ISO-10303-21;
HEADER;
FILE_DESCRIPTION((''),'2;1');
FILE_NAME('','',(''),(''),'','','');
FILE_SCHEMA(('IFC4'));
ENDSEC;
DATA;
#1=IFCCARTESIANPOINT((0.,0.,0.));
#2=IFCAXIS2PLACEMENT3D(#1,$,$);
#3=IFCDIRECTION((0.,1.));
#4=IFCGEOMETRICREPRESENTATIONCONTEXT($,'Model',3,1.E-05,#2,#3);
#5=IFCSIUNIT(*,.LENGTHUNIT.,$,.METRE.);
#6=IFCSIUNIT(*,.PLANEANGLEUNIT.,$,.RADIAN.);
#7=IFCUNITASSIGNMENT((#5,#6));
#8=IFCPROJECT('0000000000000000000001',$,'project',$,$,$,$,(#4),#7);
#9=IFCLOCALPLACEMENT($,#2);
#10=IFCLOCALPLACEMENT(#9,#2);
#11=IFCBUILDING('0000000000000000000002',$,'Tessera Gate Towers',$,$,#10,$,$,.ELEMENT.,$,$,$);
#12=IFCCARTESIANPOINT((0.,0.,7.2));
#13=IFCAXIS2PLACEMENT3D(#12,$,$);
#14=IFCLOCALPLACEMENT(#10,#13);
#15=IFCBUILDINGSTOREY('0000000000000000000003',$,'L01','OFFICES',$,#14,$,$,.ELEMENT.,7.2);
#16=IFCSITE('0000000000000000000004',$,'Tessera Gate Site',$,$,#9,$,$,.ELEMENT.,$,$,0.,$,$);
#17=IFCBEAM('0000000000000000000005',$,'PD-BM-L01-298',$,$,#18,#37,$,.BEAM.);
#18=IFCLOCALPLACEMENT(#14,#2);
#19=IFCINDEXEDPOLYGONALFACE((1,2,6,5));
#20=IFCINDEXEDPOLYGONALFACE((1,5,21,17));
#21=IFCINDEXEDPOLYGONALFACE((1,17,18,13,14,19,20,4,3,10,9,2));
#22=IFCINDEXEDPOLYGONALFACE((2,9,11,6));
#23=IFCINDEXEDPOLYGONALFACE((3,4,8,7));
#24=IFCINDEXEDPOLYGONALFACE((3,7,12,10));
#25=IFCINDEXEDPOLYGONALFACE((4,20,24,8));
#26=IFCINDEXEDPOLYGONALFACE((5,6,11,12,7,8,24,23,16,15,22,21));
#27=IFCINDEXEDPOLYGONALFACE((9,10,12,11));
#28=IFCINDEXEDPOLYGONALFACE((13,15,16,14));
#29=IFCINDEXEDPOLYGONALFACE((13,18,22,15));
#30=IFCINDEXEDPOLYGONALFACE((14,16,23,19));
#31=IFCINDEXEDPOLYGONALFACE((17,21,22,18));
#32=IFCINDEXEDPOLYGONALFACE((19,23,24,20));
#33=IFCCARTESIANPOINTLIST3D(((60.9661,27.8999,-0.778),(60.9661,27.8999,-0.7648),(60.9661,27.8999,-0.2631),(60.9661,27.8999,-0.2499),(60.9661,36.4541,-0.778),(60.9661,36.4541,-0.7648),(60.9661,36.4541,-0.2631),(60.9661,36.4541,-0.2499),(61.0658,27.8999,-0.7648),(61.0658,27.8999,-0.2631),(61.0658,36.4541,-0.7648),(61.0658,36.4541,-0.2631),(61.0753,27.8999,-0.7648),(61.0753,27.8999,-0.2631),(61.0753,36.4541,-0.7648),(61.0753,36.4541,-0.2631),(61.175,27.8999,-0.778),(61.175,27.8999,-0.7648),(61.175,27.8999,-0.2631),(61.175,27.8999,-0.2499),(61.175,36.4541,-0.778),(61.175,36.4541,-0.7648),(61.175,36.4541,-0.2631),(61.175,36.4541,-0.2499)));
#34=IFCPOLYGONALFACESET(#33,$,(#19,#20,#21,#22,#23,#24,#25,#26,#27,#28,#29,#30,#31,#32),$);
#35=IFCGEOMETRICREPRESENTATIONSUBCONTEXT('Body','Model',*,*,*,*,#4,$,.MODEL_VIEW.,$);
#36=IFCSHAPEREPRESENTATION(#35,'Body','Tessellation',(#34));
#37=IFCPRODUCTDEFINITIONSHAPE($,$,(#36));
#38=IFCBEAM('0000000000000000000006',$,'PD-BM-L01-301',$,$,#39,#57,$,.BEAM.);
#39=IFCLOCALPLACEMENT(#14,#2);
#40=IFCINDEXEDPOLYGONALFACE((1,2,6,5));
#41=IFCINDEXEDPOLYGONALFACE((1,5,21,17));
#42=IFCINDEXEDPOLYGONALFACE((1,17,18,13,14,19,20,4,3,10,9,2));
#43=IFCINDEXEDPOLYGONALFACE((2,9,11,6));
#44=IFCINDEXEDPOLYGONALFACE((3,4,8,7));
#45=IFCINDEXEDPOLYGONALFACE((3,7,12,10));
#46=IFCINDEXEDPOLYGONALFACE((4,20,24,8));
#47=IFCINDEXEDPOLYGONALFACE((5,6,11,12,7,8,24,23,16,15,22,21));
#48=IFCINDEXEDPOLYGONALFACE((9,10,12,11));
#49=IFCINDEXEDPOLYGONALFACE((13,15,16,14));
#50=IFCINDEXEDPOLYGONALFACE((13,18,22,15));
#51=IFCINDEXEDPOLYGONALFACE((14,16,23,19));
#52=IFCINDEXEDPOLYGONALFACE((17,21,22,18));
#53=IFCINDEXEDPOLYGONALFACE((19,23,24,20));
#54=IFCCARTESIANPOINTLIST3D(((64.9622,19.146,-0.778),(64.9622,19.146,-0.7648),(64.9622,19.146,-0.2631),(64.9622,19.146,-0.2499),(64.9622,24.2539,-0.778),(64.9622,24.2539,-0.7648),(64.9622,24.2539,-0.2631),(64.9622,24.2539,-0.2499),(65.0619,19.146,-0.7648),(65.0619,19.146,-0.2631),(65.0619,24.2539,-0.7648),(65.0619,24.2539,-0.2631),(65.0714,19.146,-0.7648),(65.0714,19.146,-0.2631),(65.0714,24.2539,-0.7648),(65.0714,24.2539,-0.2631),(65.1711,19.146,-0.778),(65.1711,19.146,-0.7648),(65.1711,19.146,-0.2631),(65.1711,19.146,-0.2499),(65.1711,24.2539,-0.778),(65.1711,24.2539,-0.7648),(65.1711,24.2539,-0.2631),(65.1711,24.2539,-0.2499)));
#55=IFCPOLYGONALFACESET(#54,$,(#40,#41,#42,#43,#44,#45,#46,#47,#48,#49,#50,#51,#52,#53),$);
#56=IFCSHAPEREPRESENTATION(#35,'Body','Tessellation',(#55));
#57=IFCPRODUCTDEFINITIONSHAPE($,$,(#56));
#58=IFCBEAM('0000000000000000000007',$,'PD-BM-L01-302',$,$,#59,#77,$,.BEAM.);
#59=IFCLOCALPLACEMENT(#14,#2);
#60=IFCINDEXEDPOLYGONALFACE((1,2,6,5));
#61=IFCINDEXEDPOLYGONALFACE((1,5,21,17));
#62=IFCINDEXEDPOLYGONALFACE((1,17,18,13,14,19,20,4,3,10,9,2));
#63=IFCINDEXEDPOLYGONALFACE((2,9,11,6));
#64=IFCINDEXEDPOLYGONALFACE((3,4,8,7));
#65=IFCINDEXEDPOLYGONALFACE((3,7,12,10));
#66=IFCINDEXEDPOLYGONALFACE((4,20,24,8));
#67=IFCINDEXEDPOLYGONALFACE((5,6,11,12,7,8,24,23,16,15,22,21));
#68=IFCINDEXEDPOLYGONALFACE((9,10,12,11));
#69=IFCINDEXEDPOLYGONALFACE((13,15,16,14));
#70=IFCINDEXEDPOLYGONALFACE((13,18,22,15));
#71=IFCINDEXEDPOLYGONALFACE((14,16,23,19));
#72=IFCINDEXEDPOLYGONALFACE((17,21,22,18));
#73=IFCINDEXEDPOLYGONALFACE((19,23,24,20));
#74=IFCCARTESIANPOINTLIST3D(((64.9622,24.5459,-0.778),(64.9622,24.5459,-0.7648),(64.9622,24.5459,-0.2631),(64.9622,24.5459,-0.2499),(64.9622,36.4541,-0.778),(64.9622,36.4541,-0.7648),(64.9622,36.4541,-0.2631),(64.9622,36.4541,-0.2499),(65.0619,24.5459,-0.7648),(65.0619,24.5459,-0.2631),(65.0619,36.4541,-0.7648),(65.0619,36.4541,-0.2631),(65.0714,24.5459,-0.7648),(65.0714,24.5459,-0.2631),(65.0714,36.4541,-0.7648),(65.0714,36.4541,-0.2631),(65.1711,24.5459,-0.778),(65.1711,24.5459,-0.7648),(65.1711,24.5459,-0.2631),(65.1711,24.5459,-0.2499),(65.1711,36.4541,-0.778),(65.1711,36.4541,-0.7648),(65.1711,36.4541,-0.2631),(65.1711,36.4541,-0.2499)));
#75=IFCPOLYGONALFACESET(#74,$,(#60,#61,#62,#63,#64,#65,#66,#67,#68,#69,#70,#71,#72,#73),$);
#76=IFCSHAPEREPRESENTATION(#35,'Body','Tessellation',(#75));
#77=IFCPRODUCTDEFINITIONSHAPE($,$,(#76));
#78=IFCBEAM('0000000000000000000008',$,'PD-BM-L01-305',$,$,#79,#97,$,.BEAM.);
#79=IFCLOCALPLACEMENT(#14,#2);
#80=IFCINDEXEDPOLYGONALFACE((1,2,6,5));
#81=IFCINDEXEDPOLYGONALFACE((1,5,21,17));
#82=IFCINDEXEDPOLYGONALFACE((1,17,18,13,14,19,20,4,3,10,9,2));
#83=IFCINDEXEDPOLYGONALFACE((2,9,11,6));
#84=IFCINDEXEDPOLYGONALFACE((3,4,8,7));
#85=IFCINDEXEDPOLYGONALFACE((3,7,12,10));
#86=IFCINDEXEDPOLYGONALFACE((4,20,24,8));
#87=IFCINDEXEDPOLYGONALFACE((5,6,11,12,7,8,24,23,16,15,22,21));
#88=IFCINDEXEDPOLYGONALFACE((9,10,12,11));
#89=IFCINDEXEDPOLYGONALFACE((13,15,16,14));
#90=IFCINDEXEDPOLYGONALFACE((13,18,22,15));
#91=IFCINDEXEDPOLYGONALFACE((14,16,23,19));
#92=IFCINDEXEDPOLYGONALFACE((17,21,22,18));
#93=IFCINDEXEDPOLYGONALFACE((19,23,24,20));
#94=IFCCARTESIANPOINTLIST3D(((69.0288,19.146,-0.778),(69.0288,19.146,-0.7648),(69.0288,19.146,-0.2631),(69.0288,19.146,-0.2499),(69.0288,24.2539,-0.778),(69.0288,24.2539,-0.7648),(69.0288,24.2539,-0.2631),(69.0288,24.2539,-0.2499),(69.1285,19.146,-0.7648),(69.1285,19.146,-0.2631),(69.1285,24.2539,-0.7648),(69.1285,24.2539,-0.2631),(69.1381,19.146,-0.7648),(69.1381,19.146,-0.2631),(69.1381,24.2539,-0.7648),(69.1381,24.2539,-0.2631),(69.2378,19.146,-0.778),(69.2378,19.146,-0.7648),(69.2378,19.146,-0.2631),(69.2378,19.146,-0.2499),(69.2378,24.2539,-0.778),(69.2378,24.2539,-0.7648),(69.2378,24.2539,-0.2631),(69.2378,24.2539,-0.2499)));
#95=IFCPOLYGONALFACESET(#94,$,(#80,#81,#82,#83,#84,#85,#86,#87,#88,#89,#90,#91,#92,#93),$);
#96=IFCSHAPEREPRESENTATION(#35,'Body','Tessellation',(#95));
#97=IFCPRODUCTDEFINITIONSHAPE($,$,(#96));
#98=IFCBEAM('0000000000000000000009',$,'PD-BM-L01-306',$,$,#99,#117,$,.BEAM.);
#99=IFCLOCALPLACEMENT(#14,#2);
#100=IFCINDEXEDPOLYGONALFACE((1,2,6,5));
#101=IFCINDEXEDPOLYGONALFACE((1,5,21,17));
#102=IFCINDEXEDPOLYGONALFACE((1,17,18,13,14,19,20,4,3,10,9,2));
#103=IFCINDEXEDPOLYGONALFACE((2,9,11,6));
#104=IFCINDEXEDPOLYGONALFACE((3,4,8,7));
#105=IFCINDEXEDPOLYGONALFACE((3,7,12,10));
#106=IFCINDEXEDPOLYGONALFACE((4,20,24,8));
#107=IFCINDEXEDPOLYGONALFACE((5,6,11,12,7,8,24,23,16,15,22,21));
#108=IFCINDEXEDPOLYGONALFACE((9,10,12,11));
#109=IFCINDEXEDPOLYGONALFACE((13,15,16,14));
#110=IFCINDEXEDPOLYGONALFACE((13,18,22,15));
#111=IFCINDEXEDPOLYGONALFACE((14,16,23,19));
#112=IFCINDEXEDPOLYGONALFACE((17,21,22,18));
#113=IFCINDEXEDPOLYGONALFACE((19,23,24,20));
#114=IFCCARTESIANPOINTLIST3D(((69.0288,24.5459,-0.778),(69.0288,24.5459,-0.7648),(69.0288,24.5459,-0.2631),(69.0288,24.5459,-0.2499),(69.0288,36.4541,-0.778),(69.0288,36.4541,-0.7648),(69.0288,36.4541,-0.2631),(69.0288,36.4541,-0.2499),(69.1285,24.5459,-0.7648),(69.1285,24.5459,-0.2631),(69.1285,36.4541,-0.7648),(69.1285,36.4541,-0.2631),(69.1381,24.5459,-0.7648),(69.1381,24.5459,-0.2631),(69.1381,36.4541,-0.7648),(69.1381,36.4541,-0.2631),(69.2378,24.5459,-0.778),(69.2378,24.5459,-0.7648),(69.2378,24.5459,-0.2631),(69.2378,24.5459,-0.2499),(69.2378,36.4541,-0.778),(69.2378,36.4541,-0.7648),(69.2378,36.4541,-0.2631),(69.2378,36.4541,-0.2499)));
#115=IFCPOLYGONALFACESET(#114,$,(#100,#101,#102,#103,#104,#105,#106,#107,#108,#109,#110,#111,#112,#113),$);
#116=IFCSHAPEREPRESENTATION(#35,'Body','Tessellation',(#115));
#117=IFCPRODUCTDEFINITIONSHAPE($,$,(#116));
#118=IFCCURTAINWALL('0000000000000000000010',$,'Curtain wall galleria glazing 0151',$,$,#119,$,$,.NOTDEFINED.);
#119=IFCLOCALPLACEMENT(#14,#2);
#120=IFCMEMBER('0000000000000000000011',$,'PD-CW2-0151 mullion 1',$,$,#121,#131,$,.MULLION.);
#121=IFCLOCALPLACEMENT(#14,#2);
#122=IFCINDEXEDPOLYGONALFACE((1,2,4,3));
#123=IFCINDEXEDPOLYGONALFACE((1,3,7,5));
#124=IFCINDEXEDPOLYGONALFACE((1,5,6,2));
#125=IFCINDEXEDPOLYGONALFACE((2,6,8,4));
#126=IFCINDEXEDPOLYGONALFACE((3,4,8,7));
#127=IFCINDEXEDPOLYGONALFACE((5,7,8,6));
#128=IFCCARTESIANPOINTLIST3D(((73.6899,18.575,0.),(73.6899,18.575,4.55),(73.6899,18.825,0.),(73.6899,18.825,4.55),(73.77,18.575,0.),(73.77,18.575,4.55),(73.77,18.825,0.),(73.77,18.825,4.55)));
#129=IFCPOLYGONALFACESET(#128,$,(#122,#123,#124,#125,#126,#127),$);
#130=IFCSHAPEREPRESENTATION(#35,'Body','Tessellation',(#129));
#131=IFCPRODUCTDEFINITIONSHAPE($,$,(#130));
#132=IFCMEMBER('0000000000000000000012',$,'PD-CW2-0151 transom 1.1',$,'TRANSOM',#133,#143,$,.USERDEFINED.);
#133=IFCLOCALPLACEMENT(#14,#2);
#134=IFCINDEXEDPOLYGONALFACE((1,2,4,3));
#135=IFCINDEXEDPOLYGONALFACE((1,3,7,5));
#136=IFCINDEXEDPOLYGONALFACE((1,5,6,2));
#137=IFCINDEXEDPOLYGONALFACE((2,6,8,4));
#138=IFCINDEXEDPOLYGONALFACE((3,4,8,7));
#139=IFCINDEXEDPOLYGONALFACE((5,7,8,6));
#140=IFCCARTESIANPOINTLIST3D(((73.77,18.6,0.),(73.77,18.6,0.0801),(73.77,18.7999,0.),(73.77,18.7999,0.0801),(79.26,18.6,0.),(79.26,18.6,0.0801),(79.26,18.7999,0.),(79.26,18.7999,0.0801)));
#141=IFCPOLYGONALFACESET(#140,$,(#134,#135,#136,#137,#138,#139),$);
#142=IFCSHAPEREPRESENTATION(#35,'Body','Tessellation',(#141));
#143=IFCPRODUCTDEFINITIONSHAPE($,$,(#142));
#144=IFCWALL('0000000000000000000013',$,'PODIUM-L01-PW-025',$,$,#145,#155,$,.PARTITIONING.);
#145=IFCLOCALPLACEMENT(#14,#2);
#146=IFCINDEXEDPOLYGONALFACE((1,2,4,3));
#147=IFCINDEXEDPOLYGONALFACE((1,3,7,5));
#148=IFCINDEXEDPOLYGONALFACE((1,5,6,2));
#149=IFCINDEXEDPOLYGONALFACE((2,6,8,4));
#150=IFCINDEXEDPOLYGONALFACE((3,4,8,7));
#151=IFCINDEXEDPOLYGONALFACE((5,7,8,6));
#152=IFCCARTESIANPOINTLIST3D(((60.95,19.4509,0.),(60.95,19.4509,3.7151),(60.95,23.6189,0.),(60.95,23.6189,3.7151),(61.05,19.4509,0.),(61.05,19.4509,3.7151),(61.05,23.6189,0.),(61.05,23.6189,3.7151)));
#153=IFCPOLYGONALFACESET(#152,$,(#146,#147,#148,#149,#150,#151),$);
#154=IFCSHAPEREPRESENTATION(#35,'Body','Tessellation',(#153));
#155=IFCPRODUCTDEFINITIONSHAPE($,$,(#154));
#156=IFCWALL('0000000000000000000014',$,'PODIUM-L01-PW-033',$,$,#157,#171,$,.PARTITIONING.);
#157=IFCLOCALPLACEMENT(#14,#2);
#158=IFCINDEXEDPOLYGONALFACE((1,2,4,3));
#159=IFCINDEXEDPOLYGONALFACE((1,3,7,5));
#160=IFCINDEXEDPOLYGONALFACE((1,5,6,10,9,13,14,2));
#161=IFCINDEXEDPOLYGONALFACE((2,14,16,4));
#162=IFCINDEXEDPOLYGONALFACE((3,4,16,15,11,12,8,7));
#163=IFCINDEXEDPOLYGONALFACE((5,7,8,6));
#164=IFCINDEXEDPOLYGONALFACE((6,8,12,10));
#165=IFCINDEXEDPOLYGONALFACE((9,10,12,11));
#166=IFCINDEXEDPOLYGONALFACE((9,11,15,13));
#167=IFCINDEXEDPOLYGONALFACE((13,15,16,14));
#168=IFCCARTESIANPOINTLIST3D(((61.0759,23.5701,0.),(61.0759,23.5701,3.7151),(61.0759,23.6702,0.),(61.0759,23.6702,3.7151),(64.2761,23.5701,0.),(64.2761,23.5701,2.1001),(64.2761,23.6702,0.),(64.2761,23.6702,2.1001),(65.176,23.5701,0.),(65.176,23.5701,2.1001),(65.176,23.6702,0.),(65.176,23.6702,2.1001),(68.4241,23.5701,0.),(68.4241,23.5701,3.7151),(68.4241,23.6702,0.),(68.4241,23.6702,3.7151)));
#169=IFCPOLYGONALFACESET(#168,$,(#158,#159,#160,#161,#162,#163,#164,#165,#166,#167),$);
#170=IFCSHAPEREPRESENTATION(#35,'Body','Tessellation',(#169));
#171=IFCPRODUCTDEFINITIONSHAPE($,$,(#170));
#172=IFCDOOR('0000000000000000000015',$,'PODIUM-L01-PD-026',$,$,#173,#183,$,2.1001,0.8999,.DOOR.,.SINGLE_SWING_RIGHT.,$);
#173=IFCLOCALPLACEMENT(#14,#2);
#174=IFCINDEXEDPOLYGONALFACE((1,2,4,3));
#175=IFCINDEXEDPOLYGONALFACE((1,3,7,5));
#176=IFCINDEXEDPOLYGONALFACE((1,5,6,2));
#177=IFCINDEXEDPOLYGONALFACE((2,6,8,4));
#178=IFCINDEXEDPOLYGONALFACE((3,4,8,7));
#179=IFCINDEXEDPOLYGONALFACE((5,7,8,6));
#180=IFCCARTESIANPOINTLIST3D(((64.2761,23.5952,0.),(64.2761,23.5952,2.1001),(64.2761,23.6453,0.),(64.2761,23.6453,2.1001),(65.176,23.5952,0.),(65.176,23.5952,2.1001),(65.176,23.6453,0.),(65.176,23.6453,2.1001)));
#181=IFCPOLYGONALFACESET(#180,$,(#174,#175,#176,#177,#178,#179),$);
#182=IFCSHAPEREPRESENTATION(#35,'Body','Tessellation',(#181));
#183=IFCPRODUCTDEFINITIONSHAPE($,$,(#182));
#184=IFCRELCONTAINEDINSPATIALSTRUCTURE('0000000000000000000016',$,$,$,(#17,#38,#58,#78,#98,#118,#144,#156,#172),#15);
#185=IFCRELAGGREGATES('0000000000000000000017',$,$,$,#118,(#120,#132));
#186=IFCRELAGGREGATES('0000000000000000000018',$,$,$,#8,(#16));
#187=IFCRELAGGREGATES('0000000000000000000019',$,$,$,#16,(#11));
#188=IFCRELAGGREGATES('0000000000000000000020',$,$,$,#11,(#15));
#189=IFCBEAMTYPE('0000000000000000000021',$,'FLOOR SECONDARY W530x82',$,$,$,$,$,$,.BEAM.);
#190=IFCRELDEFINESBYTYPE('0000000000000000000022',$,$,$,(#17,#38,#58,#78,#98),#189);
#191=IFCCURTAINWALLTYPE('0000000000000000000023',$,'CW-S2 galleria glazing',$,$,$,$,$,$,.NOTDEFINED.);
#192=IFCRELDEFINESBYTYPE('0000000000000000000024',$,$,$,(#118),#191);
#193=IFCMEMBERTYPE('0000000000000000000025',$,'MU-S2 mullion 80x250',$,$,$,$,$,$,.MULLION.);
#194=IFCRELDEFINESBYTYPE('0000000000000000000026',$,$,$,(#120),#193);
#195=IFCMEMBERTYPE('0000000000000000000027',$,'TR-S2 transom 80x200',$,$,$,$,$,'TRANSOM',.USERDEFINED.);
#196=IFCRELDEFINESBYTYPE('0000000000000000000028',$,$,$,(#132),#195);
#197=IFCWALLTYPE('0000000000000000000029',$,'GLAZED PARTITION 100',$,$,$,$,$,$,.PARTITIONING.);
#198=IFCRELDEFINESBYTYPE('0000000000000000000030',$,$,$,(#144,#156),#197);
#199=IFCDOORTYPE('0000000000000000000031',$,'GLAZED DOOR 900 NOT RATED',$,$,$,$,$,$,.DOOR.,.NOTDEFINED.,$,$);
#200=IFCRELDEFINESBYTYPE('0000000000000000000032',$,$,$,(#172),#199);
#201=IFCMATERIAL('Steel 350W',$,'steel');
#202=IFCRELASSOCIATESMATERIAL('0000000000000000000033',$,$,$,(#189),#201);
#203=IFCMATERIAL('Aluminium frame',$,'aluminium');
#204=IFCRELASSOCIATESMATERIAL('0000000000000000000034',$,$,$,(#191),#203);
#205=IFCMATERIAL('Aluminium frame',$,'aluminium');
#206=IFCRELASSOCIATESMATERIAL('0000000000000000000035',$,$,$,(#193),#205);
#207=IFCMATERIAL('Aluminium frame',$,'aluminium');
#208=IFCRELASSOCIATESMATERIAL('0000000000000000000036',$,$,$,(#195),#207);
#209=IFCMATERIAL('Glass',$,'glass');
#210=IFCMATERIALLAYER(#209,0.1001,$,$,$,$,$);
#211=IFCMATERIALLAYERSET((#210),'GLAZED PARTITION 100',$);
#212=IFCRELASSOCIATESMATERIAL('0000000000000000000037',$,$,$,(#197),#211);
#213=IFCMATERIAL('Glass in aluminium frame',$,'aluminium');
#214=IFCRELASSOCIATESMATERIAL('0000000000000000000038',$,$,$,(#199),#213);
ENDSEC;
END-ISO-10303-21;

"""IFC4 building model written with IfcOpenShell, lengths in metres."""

from ifc_helpers import new_model, si_unit, direction, frame, frame_2d, origin, origin_2d, place, context, subcontext, project, spatial, rectangle, i_section, extrude, source, transform, mapped, material, layer, layer_set, material_profile, profile_set, type_object, element, fill, aggregate, save


model = new_model("IFC4")

# Units and contexts
model_context = context("Model", 3, precision=1e-05, world=origin(), true_north=direction((0.0, 1.0)))
body_context = subcontext(model_context, "Body", "Model", "MODEL_VIEW")
ifc_project = project(units=[si_unit("LENGTHUNIT", "METRE"), si_unit("PLANEANGLEUNIT", "RADIAN")], contexts=[model_context])

# Site, building, storey
site_placement = place(None, origin())
site = spatial("IfcSite", under=ifc_project, at=site_placement, Name="Tessera Gate Site", CompositionType="ELEMENT", RefElevation=0.0)
building_placement = place(site_placement, origin())
building = spatial("IfcBuilding", under=site, at=building_placement, Name="Tessera Gate Towers", CompositionType="ELEMENT")
storey_placement = place(building_placement, frame((0.0, 0.0, 7.2)))
storey = spatial("IfcBuildingStorey", under=building, at=storey_placement, Name="L01", Description="OFFICES", CompositionType="ELEMENT", Elevation=7.2)

# Beams
ifc_material_1 = material(Name="Steel 350W", Category="steel")
ifc_material_profile_1 = material_profile(ifc_material_1, i_section(OverallWidth=0.209, OverallDepth=0.5281, WebThickness=0.0095, FlangeThickness=0.0132, at=origin_2d()), Name="W530x82")
ifc_profile_set_1 = profile_set([ifc_material_profile_1], Name="Steel 350W")
beam_type_1 = type_object("IfcBeamType", Name="FLOOR SECONDARY W530x82", PredefinedType="BEAM", material=ifc_profile_set_1)
beam_1_placement = place(storey_placement, frame((61.0706, 27.8999, -0.5139), z_axis=(0.0, 1.0, 0.0), x_axis=(-1.0, 0.0, 0.0)))
element("IfcBeam", 1, at=beam_1_placement, inside=storey, type_object=beam_type_1, Name="PD-BM-L01-298", PredefinedType="BEAM", context=body_context, shape_type="SweptSolid", body=[
    extrude(i_section(OverallWidth=0.209, OverallDepth=0.5281, WebThickness=0.0095, FlangeThickness=0.0132, at=origin_2d()), origin(), (0.0, 0.0, 1.0), 8.5542),
])
beam_2_placement = place(storey_placement, frame((65.0667, 19.146, -0.5139), z_axis=(0.0, 1.0, 0.0), x_axis=(-1.0, 0.0, 0.0)))
element("IfcBeam", 2, at=beam_2_placement, inside=storey, type_object=beam_type_1, Name="PD-BM-L01-301", PredefinedType="BEAM", context=body_context, shape_type="SweptSolid", body=[
    extrude(i_section(OverallWidth=0.209, OverallDepth=0.5281, WebThickness=0.0095, FlangeThickness=0.0132, at=origin_2d()), origin(), (0.0, 0.0, 1.0), 5.1079),
])
beam_3_placement = place(storey_placement, frame((65.0667, 24.5459, -0.5139), z_axis=(0.0, 1.0, 0.0), x_axis=(-1.0, 0.0, 0.0)))
element("IfcBeam", 3, at=beam_3_placement, inside=storey, type_object=beam_type_1, Name="PD-BM-L01-302", PredefinedType="BEAM", context=body_context, shape_type="SweptSolid", body=[
    extrude(i_section(OverallWidth=0.209, OverallDepth=0.5281, WebThickness=0.0095, FlangeThickness=0.0132, at=origin_2d()), origin(), (0.0, 0.0, 1.0), 11.9082),
])
beam_4_placement = place(storey_placement, frame((69.1333, 19.146, -0.5139), z_axis=(0.0, 1.0, 0.0), x_axis=(-1.0, 0.0, 0.0)))
element("IfcBeam", 4, at=beam_4_placement, inside=storey, type_object=beam_type_1, Name="PD-BM-L01-305", PredefinedType="BEAM", context=body_context, shape_type="SweptSolid", body=[
    extrude(i_section(OverallWidth=0.209, OverallDepth=0.5281, WebThickness=0.0095, FlangeThickness=0.0132, at=origin_2d()), origin(), (0.0, 0.0, 1.0), 5.1079),
])
beam_5_placement = place(storey_placement, frame((69.1333, 24.5459, -0.5139), z_axis=(0.0, 1.0, 0.0), x_axis=(-1.0, 0.0, 0.0)))
element("IfcBeam", 5, at=beam_5_placement, inside=storey, type_object=beam_type_1, Name="PD-BM-L01-306", PredefinedType="BEAM", context=body_context, shape_type="SweptSolid", body=[
    extrude(i_section(OverallWidth=0.209, OverallDepth=0.5281, WebThickness=0.0095, FlangeThickness=0.0132, at=origin_2d()), origin(), (0.0, 0.0, 1.0), 11.9082),
])

# Curtain wall, members
ifc_material_2 = material(Name="Aluminium frame", Category="aluminium")
curtain_wall_type = type_object("IfcCurtainWallType", Name="CW-S2 galleria glazing", PredefinedType="NOTDEFINED", material=ifc_material_2)
curtain_wall_placement = place(storey_placement, origin())
curtain_wall = element("IfcCurtainWall", 6, at=curtain_wall_placement, inside=storey, type_object=curtain_wall_type, Name="Curtain wall galleria glazing 0151", PredefinedType="NOTDEFINED")
ifc_material_3 = material(Name="Aluminium frame", Category="aluminium")
ifc_material_profile_2 = material_profile(ifc_material_3, rectangle(XDim=0.0801, YDim=0.25, at=origin_2d()), Name="AL 80x250")
ifc_profile_set_2 = profile_set([ifc_material_profile_2], Name="Aluminium frame")
member_type_1 = type_object("IfcMemberType", Name="MU-S2 mullion 80x250", PredefinedType="MULLION", material=ifc_profile_set_2)
member_1_placement = place(storey_placement, frame((73.73, 18.7, 0.0), z_axis=(0.0, 0.0, 1.0), x_axis=(1.0, 0.0, 0.0)))
member_1 = element("IfcMember", 7, at=member_1_placement, type_object=member_type_1, Name="PD-CW2-0151 mullion 1", PredefinedType="MULLION", context=body_context, shape_type="SweptSolid", body=[
    extrude(rectangle(XDim=0.0801, YDim=0.25, at=origin_2d()), origin(), (0.0, 0.0, 1.0), 4.55),
])
ifc_material_4 = material(Name="Aluminium frame", Category="aluminium")
ifc_material_profile_3 = material_profile(ifc_material_4, rectangle(XDim=0.2, YDim=0.0801, at=origin_2d()), Name="AL 80x200")
ifc_profile_set_3 = profile_set([ifc_material_profile_3], Name="Aluminium frame")
member_type_2 = type_object("IfcMemberType", Name="TR-S2 transom 80x200", ElementType="TRANSOM", PredefinedType="USERDEFINED", material=ifc_profile_set_3)
member_2_placement = place(storey_placement, frame((73.77, 18.7, 0.04), z_axis=(1.0, 0.0, 0.0), x_axis=(0.0, 1.0, 0.0)))
member_2 = element("IfcMember", 8, at=member_2_placement, type_object=member_type_2, Name="PD-CW2-0151 transom 1.1", ObjectType="TRANSOM", PredefinedType="USERDEFINED", context=body_context, shape_type="SweptSolid", body=[
    extrude(rectangle(XDim=0.2, YDim=0.0801, at=origin_2d()), origin(), (0.0, 0.0, 1.0), 5.49),
])
aggregate(curtain_wall, [member_1, member_2])

# Wall
ifc_material_5 = material(Name="Glass", Category="glass")
ifc_layer_1 = layer(ifc_material_5, 0.1001)
ifc_layer_set_1 = layer_set([ifc_layer_1], Name="GLAZED PARTITION 100")
wall_type_1 = type_object("IfcWallType", Name="GLAZED PARTITION 100", PredefinedType="PARTITIONING", material=ifc_layer_set_1)
wall_1_placement = place(storey_placement, frame((61.0, 19.4509, 0.0), z_axis=(0.0, 0.0, 1.0), x_axis=(0.0, 1.0, 0.0)))
element("IfcWall", 9, at=wall_1_placement, inside=storey, type_object=wall_type_1, Name="PODIUM-L01-PW-025", PredefinedType="PARTITIONING", context=body_context, shape_type="SweptSolid", body=[
    extrude(rectangle(XDim=4.168, YDim=0.1001, at=frame_2d((2.084, 0.0))), origin(), (0.0, 0.0, 1.0), 3.7151),
])

# Wall, opening, door
wall_2_placement = place(storey_placement, frame((68.4241, 23.6201, 0.0), z_axis=(0.0, 0.0, 1.0), x_axis=(-1.0, 0.0, 0.0)))
wall_2 = element("IfcWall", 10, at=wall_2_placement, inside=storey, type_object=wall_type_1, Name="PODIUM-L01-PW-033", PredefinedType="PARTITIONING", context=body_context, shape_type="SweptSolid", body=[
    extrude(rectangle(XDim=7.3481, YDim=0.1001, at=frame_2d((3.6741, 0.0))), origin(), (0.0, 0.0, 1.0), 3.7151),
])
shared_shape_1 = source(origin(), body_context, "Body", "SweptSolid", [
    extrude(rectangle(XDim=0.8999, YDim=2.1001, at=frame_2d((0.45, 1.05))), frame((0.0, 0.0601, 0.0), z_axis=(0.0, -1.0, 0.0), x_axis=(1.0, 0.0, 0.0)), (0.0, 0.0, 1.0), 0.1201),
])
opening_placement = place(wall_2_placement, frame((3.248, 0.0, 0.0)))
opening = element("IfcOpeningElement", 11, at=opening_placement, cuts=wall_2, PredefinedType="OPENING", context=body_context, shape_type="MappedRepresentation", body=[
    mapped(shared_shape_1, transform((0.0, 0.0, 0.0), scale=1.0)),
])
ifc_material_6 = material(Name="Glass in aluminium frame", Category="aluminium")
door_type = type_object("IfcDoorType", Name="GLAZED DOOR 900 NOT RATED", OperationType="NOTDEFINED", PredefinedType="DOOR", material=ifc_material_6)
shared_shape_2 = source(origin(), body_context, "Body", "SweptSolid", [
    extrude(rectangle(XDim=0.8999, YDim=2.1001, at=frame_2d((0.45, 1.05))), frame((0.0, 0.0249, 0.0), z_axis=(0.0, -1.0, 0.0), x_axis=(1.0, 0.0, 0.0)), (0.0, 0.0, 1.0), 0.05),
])
door_placement = place(opening_placement, origin())
door = element("IfcDoor", 12, at=door_placement, inside=storey, type_object=door_type, Name="PODIUM-L01-PD-026", OperationType="SINGLE_SWING_RIGHT", OverallHeight=2.1001, OverallWidth=0.8999, PredefinedType="DOOR", context=body_context, shape_type="MappedRepresentation", body=[
    mapped(shared_shape_2, transform((0.0, 0.0, 0.0), scale=1.0)),
])
fill(opening, door)

save(model, "model.ifc")
